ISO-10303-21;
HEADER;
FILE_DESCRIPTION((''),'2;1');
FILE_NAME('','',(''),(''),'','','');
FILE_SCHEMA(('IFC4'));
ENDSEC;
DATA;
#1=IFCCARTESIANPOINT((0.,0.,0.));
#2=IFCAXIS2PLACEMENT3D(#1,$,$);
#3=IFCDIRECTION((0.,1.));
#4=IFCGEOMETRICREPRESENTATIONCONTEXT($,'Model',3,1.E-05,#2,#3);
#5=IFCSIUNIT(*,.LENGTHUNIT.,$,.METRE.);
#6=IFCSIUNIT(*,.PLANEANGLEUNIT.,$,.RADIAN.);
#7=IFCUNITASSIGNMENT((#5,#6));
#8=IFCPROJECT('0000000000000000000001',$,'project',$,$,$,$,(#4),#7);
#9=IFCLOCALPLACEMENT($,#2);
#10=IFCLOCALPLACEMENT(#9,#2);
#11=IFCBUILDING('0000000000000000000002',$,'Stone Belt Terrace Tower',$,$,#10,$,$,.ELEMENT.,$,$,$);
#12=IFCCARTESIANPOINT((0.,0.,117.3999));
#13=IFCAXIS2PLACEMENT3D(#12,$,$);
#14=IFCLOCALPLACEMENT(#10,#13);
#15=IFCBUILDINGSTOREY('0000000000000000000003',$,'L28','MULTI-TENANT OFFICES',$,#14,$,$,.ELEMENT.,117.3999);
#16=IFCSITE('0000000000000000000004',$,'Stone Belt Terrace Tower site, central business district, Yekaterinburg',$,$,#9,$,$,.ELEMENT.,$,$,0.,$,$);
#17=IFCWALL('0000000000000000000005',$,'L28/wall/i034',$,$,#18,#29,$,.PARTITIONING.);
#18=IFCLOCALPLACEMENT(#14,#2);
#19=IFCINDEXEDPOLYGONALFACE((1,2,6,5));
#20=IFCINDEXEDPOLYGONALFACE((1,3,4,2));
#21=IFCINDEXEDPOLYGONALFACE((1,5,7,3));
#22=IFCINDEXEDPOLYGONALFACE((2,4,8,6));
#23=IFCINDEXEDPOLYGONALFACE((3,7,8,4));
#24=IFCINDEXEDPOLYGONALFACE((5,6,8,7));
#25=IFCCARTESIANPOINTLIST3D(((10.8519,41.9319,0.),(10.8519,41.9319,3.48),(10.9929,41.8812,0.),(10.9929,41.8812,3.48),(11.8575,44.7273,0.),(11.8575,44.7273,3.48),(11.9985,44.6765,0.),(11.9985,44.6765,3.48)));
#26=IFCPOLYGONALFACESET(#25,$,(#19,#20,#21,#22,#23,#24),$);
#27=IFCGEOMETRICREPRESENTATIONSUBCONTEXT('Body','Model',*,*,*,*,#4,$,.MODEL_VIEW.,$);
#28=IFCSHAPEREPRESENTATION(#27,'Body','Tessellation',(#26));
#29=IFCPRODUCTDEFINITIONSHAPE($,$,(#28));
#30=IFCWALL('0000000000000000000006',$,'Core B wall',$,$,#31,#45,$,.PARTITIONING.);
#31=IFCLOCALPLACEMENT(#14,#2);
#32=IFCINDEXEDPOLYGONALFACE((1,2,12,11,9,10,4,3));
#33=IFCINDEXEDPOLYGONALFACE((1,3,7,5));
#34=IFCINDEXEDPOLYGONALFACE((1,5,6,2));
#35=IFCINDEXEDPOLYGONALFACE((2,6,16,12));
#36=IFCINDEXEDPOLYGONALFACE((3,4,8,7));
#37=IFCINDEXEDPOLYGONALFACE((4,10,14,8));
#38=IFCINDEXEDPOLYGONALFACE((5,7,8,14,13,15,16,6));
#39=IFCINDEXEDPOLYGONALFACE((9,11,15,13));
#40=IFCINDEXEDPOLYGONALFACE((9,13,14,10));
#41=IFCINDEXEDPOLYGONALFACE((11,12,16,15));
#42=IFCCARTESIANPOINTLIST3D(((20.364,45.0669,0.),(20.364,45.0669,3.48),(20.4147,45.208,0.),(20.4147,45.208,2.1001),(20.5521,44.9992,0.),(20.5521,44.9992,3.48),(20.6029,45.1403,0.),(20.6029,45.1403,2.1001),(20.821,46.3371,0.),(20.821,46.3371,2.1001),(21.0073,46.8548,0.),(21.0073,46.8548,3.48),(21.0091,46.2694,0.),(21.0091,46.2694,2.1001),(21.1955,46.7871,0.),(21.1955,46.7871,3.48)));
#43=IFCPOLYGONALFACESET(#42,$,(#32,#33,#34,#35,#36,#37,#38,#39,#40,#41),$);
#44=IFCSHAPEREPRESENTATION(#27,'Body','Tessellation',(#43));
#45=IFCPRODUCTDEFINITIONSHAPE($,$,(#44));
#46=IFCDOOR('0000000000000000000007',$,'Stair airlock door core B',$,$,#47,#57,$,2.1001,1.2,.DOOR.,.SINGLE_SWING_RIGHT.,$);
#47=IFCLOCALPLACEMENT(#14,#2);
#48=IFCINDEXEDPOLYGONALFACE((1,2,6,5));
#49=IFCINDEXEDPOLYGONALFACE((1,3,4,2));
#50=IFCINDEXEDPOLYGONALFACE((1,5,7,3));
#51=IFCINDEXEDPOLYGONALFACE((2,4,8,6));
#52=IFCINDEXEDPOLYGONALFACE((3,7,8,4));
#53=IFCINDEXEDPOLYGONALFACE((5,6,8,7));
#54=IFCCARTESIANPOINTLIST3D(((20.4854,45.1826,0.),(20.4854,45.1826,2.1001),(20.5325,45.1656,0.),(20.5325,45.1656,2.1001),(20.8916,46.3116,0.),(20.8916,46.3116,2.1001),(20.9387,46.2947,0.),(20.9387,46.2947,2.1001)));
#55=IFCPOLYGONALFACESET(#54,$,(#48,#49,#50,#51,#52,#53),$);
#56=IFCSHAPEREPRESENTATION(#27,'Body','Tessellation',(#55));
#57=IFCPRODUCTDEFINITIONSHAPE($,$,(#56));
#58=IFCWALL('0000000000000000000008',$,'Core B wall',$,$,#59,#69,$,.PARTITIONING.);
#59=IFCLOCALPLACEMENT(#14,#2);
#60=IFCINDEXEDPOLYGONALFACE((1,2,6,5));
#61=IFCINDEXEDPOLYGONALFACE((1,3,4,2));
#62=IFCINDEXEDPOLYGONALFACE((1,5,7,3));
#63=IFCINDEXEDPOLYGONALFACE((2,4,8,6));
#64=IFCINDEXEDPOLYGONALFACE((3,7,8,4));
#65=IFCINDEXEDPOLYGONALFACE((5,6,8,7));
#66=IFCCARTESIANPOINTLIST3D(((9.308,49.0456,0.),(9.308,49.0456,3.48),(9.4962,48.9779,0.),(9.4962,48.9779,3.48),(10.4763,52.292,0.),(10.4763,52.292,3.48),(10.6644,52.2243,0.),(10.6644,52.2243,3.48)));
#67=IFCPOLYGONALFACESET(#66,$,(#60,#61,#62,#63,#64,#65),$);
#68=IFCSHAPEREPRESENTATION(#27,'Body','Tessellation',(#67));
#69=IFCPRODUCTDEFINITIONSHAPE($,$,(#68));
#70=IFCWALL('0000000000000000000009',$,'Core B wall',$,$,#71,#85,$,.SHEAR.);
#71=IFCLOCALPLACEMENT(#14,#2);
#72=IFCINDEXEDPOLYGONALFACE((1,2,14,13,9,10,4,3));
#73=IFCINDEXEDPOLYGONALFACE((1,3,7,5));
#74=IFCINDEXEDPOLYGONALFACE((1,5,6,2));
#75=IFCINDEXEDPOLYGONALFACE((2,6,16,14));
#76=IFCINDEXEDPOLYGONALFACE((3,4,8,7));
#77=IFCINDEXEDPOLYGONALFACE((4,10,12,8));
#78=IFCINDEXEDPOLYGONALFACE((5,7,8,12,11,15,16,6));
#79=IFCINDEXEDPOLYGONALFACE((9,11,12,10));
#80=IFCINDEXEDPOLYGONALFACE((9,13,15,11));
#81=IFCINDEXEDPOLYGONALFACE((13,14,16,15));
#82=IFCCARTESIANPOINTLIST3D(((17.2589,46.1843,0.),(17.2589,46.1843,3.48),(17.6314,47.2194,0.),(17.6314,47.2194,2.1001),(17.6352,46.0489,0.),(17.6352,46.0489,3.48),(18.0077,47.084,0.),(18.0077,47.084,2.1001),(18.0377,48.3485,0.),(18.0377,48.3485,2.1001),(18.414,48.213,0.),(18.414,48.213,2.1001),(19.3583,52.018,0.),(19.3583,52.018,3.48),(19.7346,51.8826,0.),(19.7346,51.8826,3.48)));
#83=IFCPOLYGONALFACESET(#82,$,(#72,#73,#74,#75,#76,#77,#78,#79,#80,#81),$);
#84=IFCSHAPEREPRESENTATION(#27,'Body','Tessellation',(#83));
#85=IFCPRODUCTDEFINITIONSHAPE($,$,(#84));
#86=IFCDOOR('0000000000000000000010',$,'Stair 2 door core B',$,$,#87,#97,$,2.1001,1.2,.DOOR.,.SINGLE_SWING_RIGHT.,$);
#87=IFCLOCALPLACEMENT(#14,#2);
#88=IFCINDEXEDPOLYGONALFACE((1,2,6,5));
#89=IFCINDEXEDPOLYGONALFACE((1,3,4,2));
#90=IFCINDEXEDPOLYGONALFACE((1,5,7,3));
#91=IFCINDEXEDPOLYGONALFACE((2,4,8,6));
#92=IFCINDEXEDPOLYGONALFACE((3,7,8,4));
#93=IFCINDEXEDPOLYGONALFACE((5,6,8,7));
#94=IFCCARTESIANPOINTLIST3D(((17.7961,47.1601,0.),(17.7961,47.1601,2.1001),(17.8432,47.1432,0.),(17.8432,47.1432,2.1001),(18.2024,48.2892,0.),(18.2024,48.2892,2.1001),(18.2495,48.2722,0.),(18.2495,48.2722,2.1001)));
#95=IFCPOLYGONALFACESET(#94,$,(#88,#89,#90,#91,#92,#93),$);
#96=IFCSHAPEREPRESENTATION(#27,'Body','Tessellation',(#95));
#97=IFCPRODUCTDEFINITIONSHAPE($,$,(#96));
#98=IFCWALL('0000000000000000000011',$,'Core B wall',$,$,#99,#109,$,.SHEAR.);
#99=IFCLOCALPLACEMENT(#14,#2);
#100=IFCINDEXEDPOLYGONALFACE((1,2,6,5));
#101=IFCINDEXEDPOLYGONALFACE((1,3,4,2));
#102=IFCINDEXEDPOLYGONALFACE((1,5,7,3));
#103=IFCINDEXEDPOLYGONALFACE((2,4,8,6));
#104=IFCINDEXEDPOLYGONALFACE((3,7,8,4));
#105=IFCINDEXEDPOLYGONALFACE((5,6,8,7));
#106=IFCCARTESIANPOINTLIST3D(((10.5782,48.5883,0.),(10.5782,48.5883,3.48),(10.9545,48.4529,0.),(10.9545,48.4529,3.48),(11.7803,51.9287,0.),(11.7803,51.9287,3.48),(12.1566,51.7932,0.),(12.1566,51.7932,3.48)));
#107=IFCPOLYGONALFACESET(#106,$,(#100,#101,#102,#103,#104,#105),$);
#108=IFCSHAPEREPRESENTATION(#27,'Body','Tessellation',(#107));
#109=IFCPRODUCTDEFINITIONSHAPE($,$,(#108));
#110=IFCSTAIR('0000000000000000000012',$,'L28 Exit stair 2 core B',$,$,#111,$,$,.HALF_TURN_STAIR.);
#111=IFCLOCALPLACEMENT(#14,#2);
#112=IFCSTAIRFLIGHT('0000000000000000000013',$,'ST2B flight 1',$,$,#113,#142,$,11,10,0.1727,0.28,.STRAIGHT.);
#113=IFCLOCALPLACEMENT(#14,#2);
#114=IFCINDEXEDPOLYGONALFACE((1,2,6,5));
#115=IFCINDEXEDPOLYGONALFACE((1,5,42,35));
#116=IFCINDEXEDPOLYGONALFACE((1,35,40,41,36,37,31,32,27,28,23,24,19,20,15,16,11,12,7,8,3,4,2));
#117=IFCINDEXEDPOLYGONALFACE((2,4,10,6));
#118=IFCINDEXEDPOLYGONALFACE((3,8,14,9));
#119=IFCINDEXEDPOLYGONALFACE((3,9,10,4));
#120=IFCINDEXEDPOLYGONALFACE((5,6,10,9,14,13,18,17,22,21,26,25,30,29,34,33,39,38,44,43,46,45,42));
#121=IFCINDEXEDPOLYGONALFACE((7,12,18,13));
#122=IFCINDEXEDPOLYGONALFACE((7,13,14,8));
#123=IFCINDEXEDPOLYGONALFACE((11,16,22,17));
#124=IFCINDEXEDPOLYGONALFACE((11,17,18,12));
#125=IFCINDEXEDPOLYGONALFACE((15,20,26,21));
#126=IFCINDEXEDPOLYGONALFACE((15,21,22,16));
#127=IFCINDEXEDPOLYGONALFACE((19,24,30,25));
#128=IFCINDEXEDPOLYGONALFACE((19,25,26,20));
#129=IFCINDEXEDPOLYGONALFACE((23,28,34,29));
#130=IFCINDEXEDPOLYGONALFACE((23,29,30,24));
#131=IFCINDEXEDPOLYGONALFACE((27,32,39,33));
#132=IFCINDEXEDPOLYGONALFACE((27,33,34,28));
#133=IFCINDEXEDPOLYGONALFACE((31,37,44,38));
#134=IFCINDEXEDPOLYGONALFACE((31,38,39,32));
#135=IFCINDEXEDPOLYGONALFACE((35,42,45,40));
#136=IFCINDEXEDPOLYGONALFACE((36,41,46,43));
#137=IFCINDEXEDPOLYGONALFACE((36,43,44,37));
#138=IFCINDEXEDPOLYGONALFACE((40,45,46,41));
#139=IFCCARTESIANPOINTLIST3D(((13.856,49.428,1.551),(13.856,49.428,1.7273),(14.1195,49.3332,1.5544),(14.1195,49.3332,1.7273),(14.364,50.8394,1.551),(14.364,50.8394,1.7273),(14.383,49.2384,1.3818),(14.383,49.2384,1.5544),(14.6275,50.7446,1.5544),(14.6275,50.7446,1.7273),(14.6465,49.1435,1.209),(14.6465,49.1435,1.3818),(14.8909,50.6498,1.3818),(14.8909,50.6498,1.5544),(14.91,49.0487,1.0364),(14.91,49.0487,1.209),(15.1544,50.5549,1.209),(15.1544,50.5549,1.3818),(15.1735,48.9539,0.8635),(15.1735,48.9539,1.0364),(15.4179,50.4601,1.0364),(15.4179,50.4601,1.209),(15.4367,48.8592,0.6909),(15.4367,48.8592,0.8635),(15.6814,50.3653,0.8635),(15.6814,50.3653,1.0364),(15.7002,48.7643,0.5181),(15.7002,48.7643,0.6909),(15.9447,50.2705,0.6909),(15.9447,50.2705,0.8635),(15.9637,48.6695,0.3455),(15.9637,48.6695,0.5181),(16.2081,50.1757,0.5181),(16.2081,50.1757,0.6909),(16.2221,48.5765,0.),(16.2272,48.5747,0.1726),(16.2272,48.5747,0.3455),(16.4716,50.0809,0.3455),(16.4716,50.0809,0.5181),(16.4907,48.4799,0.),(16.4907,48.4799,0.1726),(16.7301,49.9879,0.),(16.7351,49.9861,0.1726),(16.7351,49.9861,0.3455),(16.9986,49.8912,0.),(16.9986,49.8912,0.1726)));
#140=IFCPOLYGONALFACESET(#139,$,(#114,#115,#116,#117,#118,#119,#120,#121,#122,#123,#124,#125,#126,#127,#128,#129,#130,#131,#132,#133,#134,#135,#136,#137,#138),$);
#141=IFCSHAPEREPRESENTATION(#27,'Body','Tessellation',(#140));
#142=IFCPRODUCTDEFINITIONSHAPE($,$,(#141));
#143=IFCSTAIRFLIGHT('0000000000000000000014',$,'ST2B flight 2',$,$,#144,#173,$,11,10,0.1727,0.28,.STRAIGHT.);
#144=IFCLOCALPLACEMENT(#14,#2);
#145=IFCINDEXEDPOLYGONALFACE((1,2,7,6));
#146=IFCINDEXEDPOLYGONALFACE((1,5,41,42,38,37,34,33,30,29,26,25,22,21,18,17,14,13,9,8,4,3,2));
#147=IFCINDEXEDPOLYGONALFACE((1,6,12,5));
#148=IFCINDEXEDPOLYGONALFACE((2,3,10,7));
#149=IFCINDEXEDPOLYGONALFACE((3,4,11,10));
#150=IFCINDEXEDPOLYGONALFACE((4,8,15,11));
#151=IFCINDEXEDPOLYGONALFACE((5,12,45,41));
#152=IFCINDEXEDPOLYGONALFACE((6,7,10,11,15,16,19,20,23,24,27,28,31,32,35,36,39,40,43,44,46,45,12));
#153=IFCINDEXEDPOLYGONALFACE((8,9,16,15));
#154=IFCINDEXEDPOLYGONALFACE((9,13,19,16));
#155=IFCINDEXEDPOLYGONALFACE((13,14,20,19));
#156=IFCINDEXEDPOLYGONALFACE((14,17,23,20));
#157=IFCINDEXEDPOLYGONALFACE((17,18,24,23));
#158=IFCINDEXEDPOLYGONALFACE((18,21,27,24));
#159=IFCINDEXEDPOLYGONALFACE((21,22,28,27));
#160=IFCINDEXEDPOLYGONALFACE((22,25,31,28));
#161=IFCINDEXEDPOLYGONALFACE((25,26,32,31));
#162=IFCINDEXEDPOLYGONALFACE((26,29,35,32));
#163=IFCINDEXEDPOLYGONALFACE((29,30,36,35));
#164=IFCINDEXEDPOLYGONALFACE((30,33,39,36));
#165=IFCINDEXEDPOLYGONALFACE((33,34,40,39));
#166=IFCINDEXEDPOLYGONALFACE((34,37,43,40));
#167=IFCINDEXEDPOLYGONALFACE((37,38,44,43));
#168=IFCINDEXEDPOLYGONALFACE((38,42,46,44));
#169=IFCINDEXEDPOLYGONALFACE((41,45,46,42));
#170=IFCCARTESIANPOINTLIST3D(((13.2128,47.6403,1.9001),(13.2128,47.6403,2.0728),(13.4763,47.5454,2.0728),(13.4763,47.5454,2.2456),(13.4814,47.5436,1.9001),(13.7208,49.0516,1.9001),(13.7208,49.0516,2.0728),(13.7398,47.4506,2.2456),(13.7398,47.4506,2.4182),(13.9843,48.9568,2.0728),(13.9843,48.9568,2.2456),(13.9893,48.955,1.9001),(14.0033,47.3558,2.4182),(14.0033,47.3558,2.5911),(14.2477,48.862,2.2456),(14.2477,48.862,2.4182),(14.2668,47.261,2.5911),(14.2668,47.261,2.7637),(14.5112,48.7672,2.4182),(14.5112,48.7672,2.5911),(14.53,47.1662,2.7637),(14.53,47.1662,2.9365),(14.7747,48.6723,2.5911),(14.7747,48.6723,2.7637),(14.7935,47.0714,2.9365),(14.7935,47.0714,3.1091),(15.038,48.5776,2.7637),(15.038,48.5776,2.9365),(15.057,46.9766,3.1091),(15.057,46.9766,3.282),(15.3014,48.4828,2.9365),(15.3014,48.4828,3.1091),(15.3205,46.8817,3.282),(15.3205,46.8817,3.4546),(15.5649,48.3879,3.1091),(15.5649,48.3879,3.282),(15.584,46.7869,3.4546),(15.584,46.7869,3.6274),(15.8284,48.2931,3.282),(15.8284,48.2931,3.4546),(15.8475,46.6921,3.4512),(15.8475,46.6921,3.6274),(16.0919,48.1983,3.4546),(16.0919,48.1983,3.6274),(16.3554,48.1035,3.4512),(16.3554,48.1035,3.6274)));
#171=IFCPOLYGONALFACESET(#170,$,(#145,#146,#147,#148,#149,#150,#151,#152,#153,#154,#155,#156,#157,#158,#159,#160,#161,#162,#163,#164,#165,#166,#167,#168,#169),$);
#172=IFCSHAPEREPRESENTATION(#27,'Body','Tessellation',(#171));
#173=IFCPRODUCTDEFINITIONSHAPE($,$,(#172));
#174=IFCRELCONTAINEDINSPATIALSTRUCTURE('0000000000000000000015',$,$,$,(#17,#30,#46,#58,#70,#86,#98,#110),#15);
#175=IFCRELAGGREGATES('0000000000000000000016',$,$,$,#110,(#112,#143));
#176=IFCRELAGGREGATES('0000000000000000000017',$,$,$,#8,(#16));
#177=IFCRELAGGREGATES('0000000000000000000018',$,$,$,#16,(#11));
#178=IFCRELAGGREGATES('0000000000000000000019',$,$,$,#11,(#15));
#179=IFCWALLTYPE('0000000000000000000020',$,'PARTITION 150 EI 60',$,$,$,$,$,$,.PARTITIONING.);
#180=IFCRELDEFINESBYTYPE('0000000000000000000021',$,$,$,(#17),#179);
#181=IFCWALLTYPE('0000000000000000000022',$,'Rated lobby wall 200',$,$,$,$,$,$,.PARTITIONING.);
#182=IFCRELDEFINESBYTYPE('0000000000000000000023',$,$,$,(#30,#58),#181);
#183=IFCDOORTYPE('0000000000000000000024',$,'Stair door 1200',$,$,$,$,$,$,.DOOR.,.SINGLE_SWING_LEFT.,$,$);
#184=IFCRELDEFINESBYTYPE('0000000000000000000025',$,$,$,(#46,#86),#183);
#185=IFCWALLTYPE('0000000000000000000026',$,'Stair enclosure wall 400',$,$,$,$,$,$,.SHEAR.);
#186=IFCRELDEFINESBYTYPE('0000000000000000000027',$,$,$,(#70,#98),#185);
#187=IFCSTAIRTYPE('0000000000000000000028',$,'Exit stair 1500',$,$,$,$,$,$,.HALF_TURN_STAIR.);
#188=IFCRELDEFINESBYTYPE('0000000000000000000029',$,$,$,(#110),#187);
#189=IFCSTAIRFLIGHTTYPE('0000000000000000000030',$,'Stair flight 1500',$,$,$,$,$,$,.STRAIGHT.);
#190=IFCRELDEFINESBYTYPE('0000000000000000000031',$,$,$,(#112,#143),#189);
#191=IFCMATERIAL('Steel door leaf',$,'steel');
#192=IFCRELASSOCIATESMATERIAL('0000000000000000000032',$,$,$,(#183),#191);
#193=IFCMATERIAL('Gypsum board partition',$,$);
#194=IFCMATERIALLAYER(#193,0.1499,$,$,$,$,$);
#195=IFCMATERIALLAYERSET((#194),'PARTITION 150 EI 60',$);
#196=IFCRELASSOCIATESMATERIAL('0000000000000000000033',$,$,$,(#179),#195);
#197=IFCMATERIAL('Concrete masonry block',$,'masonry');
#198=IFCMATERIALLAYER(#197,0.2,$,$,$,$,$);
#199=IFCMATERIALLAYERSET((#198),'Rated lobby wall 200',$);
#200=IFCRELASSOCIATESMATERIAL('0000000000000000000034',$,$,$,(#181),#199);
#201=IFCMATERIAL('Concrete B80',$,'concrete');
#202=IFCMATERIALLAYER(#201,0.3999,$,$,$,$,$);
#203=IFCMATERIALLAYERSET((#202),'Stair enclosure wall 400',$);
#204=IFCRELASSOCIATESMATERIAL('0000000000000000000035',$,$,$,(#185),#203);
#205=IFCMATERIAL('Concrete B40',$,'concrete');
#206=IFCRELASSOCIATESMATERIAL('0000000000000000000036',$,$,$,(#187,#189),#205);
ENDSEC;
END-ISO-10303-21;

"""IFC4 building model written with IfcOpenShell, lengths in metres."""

from ifc_helpers import new_model, si_unit, direction, frame, frame_2d, origin, place, context, subcontext, project, spatial, polyline, rectangle, outline, extrude, material, layer, layer_set, type_object, element, fill, aggregate, save


model = new_model("IFC4")

# Units and contexts
model_context = context("Model", 3, precision=1e-05, world=origin(), true_north=direction((0.0, 1.0)))
body_context = subcontext(model_context, "Body", "Model", "MODEL_VIEW")
ifc_project = project(units=[si_unit("LENGTHUNIT", "METRE"), si_unit("PLANEANGLEUNIT", "RADIAN")], contexts=[model_context])

# Site, building, storey
site_placement = place(None, origin())
site = spatial("IfcSite", under=ifc_project, at=site_placement, Name="Stone Belt Terrace Tower site, central business district, Yekaterinburg", CompositionType="ELEMENT", RefElevation=0.0)
building_placement = place(site_placement, origin())
building = spatial("IfcBuilding", under=site, at=building_placement, Name="Stone Belt Terrace Tower", CompositionType="ELEMENT")
storey_placement = place(building_placement, frame((0.0, 0.0, 117.3999)))
storey = spatial("IfcBuildingStorey", under=building, at=storey_placement, Name="L28", Description="MULTI-TENANT OFFICES", CompositionType="ELEMENT", Elevation=117.3999)

# Shared definitions
ifc_material_1 = material(Name="Concrete B80", Category="concrete")

# Shared definitions
ifc_material_2 = material(Name="Steel door leaf", Category="steel")
door_type_1 = type_object("IfcDoorType", Name="Stair door 1200", OperationType="SINGLE_SWING_LEFT", PredefinedType="DOOR", material=ifc_material_2)

# Shared definitions
ifc_material_3 = material(Name="Gypsum board partition")

# Wall
ifc_layer_1 = layer(ifc_material_3, 0.1499)
ifc_layer_set_1 = layer_set([ifc_layer_1], Name="PARTITION 150 EI 60")
wall_type_1 = type_object("IfcWallType", Name="PARTITION 150 EI 60", PredefinedType="PARTITIONING", material=ifc_layer_set_1)
wall_1_placement = place(storey_placement, frame((11.928, 44.7019, 0.0), z_axis=(0.0, 0.0, 1.0), x_axis=(-0.338501, -0.940966, 0.0)))
element("IfcWall", 1, at=wall_1_placement, inside=storey, type_object=wall_type_1, Name="L28/wall/i034", PredefinedType="PARTITIONING", context=body_context, shape_type="SweptSolid", body=[
    extrude(rectangle(XDim=2.9707, YDim=0.1499, at=frame_2d((1.4854, 0.0))), origin(), (0.0, 0.0, 1.0), 3.48),
])

# Wall, opening, door
ifc_material_4 = material(Name="Concrete masonry block", Category="masonry")
ifc_layer_2 = layer(ifc_material_4, 0.2)
ifc_layer_set_2 = layer_set([ifc_layer_2], Name="Rated lobby wall 200")
wall_type_2 = type_object("IfcWallType", Name="Rated lobby wall 200", PredefinedType="PARTITIONING", material=ifc_layer_set_2)
wall_2_placement = place(storey_placement, frame((20.458, 45.033, 0.0), z_axis=(0.0, 0.0, 1.0), x_axis=(0.338574, 0.94094, 0.0)))
wall_2 = element("IfcWall", 2, at=wall_2_placement, inside=storey, type_object=wall_type_2, Name="Core B wall", PredefinedType="PARTITIONING", context=body_context, shape_type="SweptSolid", body=[
    extrude(rectangle(XDim=1.9001, YDim=0.2, at=frame_2d((0.9502, 0.0))), origin(), (0.0, 0.0, 1.0), 3.48),
])
opening_1_placement = place(wall_2_placement, frame((0.1499, 0.0, 0.0)))
opening_1 = element("IfcOpeningElement", 3, at=opening_1_placement, cuts=wall_2, PredefinedType="OPENING", context=body_context, shape_type="SweptSolid", body=[
    extrude(rectangle(XDim=1.2, YDim=2.1001, at=frame_2d((0.6001, 1.05))), frame((0.0, 0.1099, 0.0), z_axis=(0.0, -1.0, 0.0), x_axis=(1.0, 0.0, 0.0)), (0.0, 0.0, 1.0), 0.22),
])
door_1_placement = place(opening_1_placement, origin())
door_1 = element("IfcDoor", 4, at=door_1_placement, inside=storey, type_object=door_type_1, Name="Stair airlock door core B", OperationType="SINGLE_SWING_RIGHT", OverallHeight=2.1001, OverallWidth=1.2, PredefinedType="DOOR", context=body_context, shape_type="SweptSolid", body=[
    extrude(rectangle(XDim=1.2, YDim=2.1001, at=frame_2d((0.6001, 1.05))), frame((0.0, 0.0249, 0.0), z_axis=(0.0, -1.0, 0.0), x_axis=(1.0, 0.0, 0.0)), (0.0, 0.0, 1.0), 0.05),
])
fill(opening_1, door_1)

# Wall
wall_3_placement = place(storey_placement, frame((9.4021, 49.0117, 0.0), z_axis=(0.0, 0.0, 1.0), x_axis=(0.338599, 0.940931, 0.0)))
element("IfcWall", 5, at=wall_3_placement, inside=storey, type_object=wall_type_2, Name="Core B wall", PredefinedType="PARTITIONING", context=body_context, shape_type="SweptSolid", body=[
    extrude(rectangle(XDim=3.4502, YDim=0.2, at=frame_2d((1.7251, 0.0))), origin(), (0.0, 0.0, 1.0), 3.48),
])

# Wall, opening, door
ifc_layer_3 = layer(ifc_material_1, 0.3999)
ifc_layer_set_3 = layer_set([ifc_layer_3], Name="Stair enclosure wall 400")
wall_type_3 = type_object("IfcWallType", Name="Stair enclosure wall 400", PredefinedType="SHEAR", material=ifc_layer_set_3)
wall_4_placement = place(storey_placement, frame((17.447, 46.1165, 0.0), z_axis=(0.0, 0.0, 1.0), x_axis=(0.338608, 0.940928, 0.0)))
wall_4 = element("IfcWall", 6, at=wall_4_placement, inside=storey, type_object=wall_type_3, Name="Core B wall", PredefinedType="SHEAR", context=body_context, shape_type="SweptSolid", body=[
    extrude(rectangle(XDim=6.2, YDim=0.3999, at=frame_2d((3.1001, 0.0))), origin(), (0.0, 0.0, 1.0), 3.48),
])
opening_2_placement = place(wall_4_placement, frame((1.1001, 0.0, 0.0)))
opening_2 = element("IfcOpeningElement", 7, at=opening_2_placement, cuts=wall_4, PredefinedType="OPENING", context=body_context, shape_type="SweptSolid", body=[
    extrude(rectangle(XDim=1.2, YDim=2.1001, at=frame_2d((0.6001, 1.05))), frame((0.0, 0.21, 0.0), z_axis=(0.0, -1.0, 0.0), x_axis=(1.0, 0.0, 0.0)), (0.0, 0.0, 1.0), 0.4199),
])
door_2_placement = place(opening_2_placement, origin())
door_2 = element("IfcDoor", 8, at=door_2_placement, inside=storey, type_object=door_type_1, Name="Stair 2 door core B", OperationType="SINGLE_SWING_RIGHT", OverallHeight=2.1001, OverallWidth=1.2, PredefinedType="DOOR", context=body_context, shape_type="SweptSolid", body=[
    extrude(rectangle(XDim=1.2, YDim=2.1001, at=frame_2d((0.6001, 1.05))), frame((0.0, 0.0249, 0.0), z_axis=(0.0, -1.0, 0.0), x_axis=(1.0, 0.0, 0.0)), (0.0, 0.0, 1.0), 0.05),
])
fill(opening_2, door_2)

# Wall
wall_5_placement = place(storey_placement, frame((10.7664, 48.5208, 0.0), z_axis=(0.0, 0.0, 1.0), x_axis=(0.338627, 0.940921, 0.0)))
element("IfcWall", 9, at=wall_5_placement, inside=storey, type_object=wall_type_3, Name="Core B wall", PredefinedType="SHEAR", context=body_context, shape_type="SweptSolid", body=[
    extrude(rectangle(XDim=3.55, YDim=0.3999, at=frame_2d((1.7749, 0.0))), origin(), (0.0, 0.0, 1.0), 3.48),
])

# Stair, stair flights
ifc_material_5 = material(Name="Concrete B40", Category="concrete")
stair_type = type_object("IfcStairType", Name="Exit stair 1500", PredefinedType="HALF_TURN_STAIR", material=ifc_material_5)
stair_placement = place(storey_placement, origin())
stair = element("IfcStair", 10, at=stair_placement, inside=storey, type_object=stair_type, Name="L28 Exit stair 2 core B", PredefinedType="HALF_TURN_STAIR")
stair_flight_type = type_object("IfcStairFlightType", Name="Stair flight 1500", PredefinedType="STRAIGHT", material=ifc_material_5)
stair_flight_1_placement = place(storey_placement, frame((16.7446, 49.1855, 0.0), z_axis=(0.0, 0.0, 1.0), x_axis=(-0.940922, 0.338624, 0.0)))
stair_flight_1 = element("IfcStairFlight", 11, at=stair_flight_1_placement, type_object=stair_flight_type, Name="ST2B flight 1", NumberOfRisers=11, NumberOfTreads=10, PredefinedType="STRAIGHT", RiserHeight=0.1727, TreadLength=0.28, context=body_context, shape_type="SweptSolid", body=[
    extrude(outline(polyline([(0.0, 0.0), (0.0, 0.1726), (0.28, 0.1726), (0.28, 0.3455), (0.5601, 0.3455), (0.5601, 0.5181), (0.8401, 0.5181), (0.8401, 0.6909), (1.1201, 0.6909), (1.1201, 0.8635), (1.3999, 0.8635), (1.3999, 1.0364), (1.6799, 1.0364), (1.6799, 1.209), (1.96, 1.209), (1.96, 1.3818), (2.24, 1.3818), (2.24, 1.5544), (2.52, 1.5544), (2.52, 1.7273), (2.8, 1.7273), (2.8, 1.8999), (2.8, 1.551), (0.2854, 0.0), (0.0, 0.0)])), frame((0.0, 0.75, 0.0), z_axis=(0.0, -1.0, 0.0), x_axis=(1.0, 0.0, 0.0)), (0.0, 0.0, 1.0), 1.5),
])
stair_flight_2_placement = place(storey_placement, frame((13.4668, 48.3459, 1.9001), z_axis=(0.0, 0.0, 1.0), x_axis=(0.940922, -0.338624, 0.0)))
stair_flight_2 = element("IfcStairFlight", 12, at=stair_flight_2_placement, type_object=stair_flight_type, Name="ST2B flight 2", NumberOfRisers=11, NumberOfTreads=10, PredefinedType="STRAIGHT", RiserHeight=0.1727, TreadLength=0.28, context=body_context, shape_type="SweptSolid", body=[
    extrude(outline(polyline([(0.0, 0.0), (0.0, 0.1726), (0.28, 0.1726), (0.28, 0.3455), (0.5601, 0.3455), (0.5601, 0.5181), (0.8401, 0.5181), (0.8401, 0.6909), (1.1201, 0.6909), (1.1201, 0.8635), (1.3999, 0.8635), (1.3999, 1.0364), (1.6799, 1.0364), (1.6799, 1.209), (1.96, 1.209), (1.96, 1.3818), (2.24, 1.3818), (2.24, 1.5544), (2.52, 1.5544), (2.52, 1.7273), (2.8, 1.7273), (2.8, 1.8999), (2.8, 1.551), (0.2854, 0.0), (0.0, 0.0)])), frame((0.0, 0.75, 0.0), z_axis=(0.0, -1.0, 0.0), x_axis=(1.0, 0.0, 0.0)), (0.0, 0.0, 1.0), 1.5),
])
aggregate(stair, [stair_flight_1, stair_flight_2])

save(model, "model.ifc")
